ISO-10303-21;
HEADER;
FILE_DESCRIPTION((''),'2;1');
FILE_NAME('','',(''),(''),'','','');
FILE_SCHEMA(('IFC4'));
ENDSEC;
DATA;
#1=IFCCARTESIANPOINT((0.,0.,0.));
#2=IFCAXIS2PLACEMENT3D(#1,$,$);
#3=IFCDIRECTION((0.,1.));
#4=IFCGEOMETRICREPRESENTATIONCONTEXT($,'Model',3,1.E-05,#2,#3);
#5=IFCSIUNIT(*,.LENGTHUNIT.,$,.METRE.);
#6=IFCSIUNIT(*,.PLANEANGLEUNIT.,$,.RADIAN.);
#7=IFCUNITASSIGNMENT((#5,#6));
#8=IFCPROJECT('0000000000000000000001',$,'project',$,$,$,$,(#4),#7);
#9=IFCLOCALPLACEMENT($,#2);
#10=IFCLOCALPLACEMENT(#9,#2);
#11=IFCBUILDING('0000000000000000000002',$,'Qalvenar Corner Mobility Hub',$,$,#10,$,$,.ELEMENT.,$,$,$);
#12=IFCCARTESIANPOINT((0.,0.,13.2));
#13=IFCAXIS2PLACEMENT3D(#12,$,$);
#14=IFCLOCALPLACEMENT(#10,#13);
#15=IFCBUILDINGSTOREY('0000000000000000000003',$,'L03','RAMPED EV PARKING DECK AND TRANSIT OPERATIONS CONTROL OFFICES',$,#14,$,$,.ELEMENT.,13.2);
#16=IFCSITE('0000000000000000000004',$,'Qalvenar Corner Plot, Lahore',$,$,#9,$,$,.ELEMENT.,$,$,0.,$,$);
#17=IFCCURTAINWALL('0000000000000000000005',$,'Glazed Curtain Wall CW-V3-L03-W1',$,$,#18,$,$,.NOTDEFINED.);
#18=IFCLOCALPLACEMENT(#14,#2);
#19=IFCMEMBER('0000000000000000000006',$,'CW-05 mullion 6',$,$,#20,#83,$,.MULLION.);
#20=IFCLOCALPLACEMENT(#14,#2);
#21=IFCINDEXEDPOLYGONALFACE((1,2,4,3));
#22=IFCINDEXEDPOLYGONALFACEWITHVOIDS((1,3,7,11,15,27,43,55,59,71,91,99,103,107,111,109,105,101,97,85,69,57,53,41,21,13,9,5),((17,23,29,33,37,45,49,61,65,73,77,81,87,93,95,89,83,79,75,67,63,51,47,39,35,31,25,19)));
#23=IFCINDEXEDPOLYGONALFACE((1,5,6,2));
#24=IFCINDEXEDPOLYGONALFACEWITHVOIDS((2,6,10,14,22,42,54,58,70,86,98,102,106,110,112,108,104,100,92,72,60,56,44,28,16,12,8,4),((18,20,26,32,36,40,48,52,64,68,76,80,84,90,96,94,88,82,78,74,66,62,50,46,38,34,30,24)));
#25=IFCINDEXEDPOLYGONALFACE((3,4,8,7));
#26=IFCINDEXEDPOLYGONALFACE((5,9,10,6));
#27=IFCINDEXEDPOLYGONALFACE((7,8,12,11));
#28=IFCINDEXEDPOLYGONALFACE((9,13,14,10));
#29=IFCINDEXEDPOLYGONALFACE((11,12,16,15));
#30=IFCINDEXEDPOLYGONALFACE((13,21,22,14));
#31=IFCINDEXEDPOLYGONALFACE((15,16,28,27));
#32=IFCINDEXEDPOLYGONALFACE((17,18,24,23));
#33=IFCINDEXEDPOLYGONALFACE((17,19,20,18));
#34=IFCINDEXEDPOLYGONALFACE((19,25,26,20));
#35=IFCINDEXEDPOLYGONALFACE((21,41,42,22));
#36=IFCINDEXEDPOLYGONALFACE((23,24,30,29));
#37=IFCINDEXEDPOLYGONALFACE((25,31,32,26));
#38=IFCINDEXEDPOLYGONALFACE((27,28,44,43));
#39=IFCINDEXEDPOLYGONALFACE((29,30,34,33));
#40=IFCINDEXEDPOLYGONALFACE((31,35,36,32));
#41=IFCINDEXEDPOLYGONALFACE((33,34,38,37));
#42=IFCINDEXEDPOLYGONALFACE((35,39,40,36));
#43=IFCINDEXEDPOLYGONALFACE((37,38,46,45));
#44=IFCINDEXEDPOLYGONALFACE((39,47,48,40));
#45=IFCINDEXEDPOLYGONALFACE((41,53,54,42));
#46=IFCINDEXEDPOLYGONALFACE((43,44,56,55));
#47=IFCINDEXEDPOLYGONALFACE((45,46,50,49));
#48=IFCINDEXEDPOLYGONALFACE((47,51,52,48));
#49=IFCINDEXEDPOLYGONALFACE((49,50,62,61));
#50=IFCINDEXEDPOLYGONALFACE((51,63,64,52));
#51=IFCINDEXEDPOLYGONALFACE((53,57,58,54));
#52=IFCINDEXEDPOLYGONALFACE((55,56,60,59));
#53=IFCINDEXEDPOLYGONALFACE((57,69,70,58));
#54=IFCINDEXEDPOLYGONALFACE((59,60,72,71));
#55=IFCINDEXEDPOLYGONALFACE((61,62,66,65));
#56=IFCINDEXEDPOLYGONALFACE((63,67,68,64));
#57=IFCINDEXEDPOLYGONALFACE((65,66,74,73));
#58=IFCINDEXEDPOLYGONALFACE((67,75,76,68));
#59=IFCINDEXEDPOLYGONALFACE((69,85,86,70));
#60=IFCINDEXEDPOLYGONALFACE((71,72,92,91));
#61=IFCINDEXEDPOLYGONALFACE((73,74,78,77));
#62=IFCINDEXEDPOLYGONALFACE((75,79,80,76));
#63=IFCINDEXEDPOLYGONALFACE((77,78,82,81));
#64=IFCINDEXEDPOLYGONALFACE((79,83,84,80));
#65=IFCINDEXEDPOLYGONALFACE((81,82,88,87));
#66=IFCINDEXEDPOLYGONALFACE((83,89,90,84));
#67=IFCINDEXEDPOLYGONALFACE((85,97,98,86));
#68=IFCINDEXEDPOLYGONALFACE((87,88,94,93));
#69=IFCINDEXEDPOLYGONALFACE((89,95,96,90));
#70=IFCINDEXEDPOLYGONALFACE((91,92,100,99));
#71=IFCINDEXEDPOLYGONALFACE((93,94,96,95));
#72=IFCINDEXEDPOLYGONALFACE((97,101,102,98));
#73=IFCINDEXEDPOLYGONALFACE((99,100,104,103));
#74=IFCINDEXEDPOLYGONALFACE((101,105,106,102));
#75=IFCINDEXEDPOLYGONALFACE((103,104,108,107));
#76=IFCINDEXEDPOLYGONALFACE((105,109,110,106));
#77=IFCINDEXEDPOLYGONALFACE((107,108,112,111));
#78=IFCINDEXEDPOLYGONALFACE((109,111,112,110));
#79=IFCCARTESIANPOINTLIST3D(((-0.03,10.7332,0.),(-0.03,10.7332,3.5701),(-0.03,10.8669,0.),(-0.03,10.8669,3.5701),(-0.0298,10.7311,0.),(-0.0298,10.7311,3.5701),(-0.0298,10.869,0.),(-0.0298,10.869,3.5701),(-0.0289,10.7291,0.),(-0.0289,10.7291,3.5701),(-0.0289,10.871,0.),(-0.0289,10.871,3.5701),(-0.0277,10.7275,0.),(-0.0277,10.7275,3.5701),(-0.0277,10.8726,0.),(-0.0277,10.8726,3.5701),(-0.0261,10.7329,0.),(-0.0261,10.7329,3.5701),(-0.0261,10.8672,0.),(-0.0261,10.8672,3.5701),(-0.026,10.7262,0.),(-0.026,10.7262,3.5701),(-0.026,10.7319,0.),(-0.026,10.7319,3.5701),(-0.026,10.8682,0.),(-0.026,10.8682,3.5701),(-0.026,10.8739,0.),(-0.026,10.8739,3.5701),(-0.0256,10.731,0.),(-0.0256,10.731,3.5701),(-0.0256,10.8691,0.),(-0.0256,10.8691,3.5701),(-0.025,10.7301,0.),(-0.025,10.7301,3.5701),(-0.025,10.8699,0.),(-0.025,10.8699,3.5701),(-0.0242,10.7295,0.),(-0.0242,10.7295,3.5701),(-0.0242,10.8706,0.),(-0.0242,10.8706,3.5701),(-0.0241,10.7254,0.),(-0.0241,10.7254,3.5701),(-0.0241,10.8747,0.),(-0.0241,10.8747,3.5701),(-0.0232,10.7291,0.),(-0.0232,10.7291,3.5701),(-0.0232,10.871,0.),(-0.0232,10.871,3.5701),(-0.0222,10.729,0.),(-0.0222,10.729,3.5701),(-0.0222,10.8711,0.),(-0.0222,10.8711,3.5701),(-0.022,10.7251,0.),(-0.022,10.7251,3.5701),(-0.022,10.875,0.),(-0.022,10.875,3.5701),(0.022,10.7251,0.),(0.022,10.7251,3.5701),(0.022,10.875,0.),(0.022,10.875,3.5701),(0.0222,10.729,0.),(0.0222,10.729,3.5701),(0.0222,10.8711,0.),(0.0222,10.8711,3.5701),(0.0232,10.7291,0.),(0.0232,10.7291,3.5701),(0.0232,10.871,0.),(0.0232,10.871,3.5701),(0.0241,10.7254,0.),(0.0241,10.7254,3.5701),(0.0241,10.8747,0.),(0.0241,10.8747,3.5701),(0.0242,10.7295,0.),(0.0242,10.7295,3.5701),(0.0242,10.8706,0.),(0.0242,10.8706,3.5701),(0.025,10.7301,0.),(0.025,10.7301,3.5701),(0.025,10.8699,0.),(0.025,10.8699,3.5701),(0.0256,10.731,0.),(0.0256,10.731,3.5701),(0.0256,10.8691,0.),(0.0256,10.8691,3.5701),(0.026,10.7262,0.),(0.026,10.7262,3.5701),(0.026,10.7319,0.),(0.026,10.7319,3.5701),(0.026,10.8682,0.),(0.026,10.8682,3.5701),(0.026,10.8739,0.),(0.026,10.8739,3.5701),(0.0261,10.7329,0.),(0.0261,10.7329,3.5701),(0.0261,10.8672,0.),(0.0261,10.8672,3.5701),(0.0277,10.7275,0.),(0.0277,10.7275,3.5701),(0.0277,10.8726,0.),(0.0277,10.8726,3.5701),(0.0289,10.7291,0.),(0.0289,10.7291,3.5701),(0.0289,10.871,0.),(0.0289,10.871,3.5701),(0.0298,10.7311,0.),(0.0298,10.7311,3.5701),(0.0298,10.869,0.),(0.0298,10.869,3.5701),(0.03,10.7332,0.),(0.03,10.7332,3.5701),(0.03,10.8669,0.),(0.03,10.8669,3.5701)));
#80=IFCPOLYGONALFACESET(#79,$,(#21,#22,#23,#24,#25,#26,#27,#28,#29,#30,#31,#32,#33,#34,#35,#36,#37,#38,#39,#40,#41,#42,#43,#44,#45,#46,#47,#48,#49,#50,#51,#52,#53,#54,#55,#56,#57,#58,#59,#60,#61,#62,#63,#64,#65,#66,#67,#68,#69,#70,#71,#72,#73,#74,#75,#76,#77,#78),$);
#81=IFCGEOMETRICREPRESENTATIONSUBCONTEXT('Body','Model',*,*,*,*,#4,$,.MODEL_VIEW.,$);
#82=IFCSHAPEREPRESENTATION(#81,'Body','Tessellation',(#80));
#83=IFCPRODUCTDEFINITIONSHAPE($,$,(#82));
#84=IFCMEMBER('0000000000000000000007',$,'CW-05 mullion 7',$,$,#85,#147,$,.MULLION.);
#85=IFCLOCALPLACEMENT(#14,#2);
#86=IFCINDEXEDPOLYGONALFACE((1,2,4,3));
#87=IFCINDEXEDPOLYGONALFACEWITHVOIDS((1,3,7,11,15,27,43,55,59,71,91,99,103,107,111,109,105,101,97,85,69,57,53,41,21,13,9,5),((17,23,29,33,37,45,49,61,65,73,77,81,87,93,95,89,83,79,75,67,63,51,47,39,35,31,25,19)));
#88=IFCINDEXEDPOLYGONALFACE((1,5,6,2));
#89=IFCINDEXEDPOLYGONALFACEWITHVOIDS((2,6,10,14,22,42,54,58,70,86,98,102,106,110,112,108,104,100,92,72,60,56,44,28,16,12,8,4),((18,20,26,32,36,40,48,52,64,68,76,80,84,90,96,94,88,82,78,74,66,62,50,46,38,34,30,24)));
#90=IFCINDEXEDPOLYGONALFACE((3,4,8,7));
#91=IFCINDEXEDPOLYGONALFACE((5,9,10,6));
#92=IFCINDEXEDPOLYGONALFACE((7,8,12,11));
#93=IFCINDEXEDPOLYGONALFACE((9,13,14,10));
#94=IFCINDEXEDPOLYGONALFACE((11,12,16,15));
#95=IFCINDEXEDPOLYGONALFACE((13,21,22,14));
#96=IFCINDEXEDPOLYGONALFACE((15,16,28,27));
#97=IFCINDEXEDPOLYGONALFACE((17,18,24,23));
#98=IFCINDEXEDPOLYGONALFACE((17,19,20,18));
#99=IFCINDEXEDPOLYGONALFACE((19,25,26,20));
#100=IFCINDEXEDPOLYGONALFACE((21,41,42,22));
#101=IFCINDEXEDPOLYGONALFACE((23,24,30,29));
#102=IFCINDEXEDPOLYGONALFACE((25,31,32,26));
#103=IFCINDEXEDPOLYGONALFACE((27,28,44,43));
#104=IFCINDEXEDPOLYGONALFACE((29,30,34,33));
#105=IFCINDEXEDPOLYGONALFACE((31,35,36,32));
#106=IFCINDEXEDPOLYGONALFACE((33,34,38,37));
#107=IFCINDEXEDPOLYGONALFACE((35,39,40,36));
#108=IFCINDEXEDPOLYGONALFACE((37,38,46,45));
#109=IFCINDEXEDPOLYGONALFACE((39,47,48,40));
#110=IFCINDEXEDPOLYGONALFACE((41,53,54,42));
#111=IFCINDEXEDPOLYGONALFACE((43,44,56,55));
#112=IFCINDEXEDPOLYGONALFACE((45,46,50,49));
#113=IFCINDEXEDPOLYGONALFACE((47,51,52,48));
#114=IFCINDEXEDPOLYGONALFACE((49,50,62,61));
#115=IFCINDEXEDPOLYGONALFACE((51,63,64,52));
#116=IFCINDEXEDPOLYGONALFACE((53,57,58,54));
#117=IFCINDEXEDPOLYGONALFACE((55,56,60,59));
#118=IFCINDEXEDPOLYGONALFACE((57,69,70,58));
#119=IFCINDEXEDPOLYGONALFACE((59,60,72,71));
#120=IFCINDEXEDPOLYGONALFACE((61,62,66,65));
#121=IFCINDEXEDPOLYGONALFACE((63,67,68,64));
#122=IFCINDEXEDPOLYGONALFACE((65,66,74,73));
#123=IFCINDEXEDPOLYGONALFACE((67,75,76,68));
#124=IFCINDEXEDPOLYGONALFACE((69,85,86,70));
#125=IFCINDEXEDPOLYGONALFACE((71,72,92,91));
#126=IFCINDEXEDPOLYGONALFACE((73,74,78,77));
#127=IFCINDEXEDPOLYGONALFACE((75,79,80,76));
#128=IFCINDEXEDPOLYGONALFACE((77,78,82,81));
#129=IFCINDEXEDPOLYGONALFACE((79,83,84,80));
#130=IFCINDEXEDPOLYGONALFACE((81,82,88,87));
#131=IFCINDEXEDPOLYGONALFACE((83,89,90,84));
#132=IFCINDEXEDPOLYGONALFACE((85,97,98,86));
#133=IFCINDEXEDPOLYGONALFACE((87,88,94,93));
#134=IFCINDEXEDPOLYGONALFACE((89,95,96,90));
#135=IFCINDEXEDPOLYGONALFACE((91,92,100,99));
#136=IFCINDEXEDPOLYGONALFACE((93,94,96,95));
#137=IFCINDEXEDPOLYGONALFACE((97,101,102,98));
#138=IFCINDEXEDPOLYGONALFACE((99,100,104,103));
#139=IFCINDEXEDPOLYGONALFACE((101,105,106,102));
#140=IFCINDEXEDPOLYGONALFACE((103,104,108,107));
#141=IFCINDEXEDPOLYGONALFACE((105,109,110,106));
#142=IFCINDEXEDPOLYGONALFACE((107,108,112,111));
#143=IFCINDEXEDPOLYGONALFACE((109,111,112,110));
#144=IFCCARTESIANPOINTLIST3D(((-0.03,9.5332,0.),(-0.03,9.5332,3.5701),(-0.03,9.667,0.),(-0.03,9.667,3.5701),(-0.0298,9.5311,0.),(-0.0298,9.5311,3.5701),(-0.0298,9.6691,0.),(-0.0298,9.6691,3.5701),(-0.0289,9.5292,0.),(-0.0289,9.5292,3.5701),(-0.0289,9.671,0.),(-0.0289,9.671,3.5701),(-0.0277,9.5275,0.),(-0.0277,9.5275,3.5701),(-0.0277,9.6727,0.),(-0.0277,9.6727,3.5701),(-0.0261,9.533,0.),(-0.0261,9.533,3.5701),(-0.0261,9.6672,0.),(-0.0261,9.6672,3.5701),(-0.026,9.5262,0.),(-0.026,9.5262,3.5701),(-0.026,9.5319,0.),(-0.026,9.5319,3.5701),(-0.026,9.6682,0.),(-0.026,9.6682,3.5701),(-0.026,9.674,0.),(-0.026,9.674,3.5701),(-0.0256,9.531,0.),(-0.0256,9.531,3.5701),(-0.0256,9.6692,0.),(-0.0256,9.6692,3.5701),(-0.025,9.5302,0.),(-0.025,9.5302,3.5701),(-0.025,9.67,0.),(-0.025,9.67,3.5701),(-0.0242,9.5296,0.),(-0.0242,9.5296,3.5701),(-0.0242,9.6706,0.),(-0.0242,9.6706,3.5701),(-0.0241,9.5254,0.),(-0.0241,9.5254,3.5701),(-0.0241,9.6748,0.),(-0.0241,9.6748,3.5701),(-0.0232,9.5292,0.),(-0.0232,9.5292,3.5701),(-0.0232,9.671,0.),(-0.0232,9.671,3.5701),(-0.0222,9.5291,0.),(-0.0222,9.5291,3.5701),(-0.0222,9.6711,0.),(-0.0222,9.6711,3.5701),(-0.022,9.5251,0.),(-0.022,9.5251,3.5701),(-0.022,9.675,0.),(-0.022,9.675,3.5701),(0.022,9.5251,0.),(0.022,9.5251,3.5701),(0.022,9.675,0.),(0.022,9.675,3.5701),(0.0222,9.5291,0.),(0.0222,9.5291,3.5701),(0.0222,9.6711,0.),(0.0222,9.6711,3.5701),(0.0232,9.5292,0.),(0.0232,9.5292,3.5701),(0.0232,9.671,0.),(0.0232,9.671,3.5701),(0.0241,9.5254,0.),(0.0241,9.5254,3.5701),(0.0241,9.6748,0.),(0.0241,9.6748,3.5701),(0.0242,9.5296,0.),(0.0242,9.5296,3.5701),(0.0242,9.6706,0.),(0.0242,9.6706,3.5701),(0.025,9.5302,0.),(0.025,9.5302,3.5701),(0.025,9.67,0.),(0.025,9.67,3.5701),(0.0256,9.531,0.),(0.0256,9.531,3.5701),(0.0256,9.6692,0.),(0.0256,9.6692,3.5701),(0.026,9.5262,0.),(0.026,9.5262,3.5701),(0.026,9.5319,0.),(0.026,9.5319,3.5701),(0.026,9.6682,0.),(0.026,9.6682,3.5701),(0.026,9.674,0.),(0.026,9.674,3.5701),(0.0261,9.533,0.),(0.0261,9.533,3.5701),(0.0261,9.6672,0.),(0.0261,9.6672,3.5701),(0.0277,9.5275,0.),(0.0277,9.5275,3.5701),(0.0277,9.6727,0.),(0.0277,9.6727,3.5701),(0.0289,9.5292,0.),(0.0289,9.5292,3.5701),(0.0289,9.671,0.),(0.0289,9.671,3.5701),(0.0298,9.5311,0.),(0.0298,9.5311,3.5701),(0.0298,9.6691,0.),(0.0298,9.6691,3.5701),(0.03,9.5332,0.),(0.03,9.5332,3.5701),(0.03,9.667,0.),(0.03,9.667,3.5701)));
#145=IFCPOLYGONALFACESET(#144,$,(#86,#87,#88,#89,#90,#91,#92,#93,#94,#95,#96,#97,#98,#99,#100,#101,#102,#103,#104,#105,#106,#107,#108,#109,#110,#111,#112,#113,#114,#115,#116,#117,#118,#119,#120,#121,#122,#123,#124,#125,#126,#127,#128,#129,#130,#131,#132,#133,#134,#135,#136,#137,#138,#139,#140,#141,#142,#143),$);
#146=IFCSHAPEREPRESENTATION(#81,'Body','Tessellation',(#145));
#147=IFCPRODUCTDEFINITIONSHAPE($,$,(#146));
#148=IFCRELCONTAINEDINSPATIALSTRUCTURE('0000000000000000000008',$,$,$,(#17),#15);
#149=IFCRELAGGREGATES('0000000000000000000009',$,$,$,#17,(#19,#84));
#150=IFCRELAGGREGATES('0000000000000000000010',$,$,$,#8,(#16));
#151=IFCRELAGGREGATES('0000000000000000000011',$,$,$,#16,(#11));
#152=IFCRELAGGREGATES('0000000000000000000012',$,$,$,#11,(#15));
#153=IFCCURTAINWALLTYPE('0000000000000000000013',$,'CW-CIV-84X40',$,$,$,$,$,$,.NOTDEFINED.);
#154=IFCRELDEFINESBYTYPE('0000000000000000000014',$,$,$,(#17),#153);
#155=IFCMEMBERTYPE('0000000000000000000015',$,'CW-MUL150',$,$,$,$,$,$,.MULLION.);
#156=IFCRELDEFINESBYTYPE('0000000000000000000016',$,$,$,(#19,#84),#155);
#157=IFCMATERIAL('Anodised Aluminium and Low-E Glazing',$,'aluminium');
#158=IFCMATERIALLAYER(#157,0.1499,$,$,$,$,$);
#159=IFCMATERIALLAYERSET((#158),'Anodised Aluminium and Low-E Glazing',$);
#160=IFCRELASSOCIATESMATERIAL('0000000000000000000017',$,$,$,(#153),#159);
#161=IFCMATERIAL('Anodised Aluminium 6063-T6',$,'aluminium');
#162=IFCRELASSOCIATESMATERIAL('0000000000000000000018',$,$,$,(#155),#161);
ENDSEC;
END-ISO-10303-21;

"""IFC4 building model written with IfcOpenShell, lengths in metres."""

from ifc_helpers import new_model, si_unit, direction, frame, origin, origin_2d, place, context, subcontext, project, spatial, hollow_rectangle, extrude, material, layer, layer_set, material_profile, profile_set, type_object, element, aggregate, save


model = new_model("IFC4")

# Units and contexts
model_context = context("Model", 3, precision=1e-05, world=origin(), true_north=direction((0.0, 1.0)))
body_context = subcontext(model_context, "Body", "Model", "MODEL_VIEW")
ifc_project = project(units=[si_unit("LENGTHUNIT", "METRE"), si_unit("PLANEANGLEUNIT", "RADIAN")], contexts=[model_context])

# Site, building, storey
site_placement = place(None, origin())
site = spatial("IfcSite", under=ifc_project, at=site_placement, Name="Qalvenar Corner Plot, Lahore", CompositionType="ELEMENT", RefElevation=0.0)
building_placement = place(site_placement, origin())
building = spatial("IfcBuilding", under=site, at=building_placement, Name="Qalvenar Corner Mobility Hub", CompositionType="ELEMENT")
storey_placement = place(building_placement, frame((0.0, 0.0, 13.2)))
storey = spatial("IfcBuildingStorey", under=building, at=storey_placement, Name="L03", Description="RAMPED EV PARKING DECK AND TRANSIT OPERATIONS CONTROL OFFICES", CompositionType="ELEMENT", Elevation=13.2)

# Curtain wall, members
ifc_material_1 = material(Name="Anodised Aluminium and Low-E Glazing", Category="aluminium")
ifc_layer_1 = layer(ifc_material_1, 0.1499)
ifc_layer_set_1 = layer_set([ifc_layer_1], Name="Anodised Aluminium and Low-E Glazing")
curtain_wall_type = type_object("IfcCurtainWallType", Name="CW-CIV-84X40", PredefinedType="NOTDEFINED", material=ifc_layer_set_1)
curtain_wall_placement = place(storey_placement, origin())
curtain_wall = element("IfcCurtainWall", 1, at=curtain_wall_placement, inside=storey, type_object=curtain_wall_type, Name="Glazed Curtain Wall CW-V3-L03-W1", PredefinedType="NOTDEFINED")
ifc_material_2 = material(Name="Anodised Aluminium 6063-T6", Category="aluminium")
ifc_material_profile_1 = material_profile(ifc_material_2, hollow_rectangle(XDim=0.0601, YDim=0.1499, WallThickness=0.0039, InnerFilletRadius=0.0039, OuterFilletRadius=0.0081, at=origin_2d()), Name="RHS150x60x4")
ifc_profile_set_1 = profile_set([ifc_material_profile_1], Name="Anodised Aluminium 6063-T6")
member_type_1 = type_object("IfcMemberType", Name="CW-MUL150", PredefinedType="MULLION", material=ifc_profile_set_1)
member_1_placement = place(storey_placement, frame((0.0, 10.8, 0.0), z_axis=(0.0, 0.0, 1.0), x_axis=(1.0, 0.0, 0.0)))
member_1 = element("IfcMember", 2, at=member_1_placement, type_object=member_type_1, Name="CW-05 mullion 6", PredefinedType="MULLION", context=body_context, shape_type="SweptSolid", body=[
    extrude(hollow_rectangle(XDim=0.0601, YDim=0.1499, WallThickness=0.0039, InnerFilletRadius=0.0039, OuterFilletRadius=0.0081, at=origin_2d()), origin(), (0.0, 0.0, 1.0), 3.5701),
])
member_2_placement = place(storey_placement, frame((0.0, 9.6001, 0.0), z_axis=(0.0, 0.0, 1.0), x_axis=(1.0, 0.0, 0.0)))
member_2 = element("IfcMember", 3, at=member_2_placement, type_object=member_type_1, Name="CW-05 mullion 7", PredefinedType="MULLION", context=body_context, shape_type="SweptSolid", body=[
    extrude(hollow_rectangle(XDim=0.0601, YDim=0.1499, WallThickness=0.0039, InnerFilletRadius=0.0039, OuterFilletRadius=0.0081, at=origin_2d()), origin(), (0.0, 0.0, 1.0), 3.5701),
])
aggregate(curtain_wall, [member_1, member_2])

save(model, "model.ifc")
